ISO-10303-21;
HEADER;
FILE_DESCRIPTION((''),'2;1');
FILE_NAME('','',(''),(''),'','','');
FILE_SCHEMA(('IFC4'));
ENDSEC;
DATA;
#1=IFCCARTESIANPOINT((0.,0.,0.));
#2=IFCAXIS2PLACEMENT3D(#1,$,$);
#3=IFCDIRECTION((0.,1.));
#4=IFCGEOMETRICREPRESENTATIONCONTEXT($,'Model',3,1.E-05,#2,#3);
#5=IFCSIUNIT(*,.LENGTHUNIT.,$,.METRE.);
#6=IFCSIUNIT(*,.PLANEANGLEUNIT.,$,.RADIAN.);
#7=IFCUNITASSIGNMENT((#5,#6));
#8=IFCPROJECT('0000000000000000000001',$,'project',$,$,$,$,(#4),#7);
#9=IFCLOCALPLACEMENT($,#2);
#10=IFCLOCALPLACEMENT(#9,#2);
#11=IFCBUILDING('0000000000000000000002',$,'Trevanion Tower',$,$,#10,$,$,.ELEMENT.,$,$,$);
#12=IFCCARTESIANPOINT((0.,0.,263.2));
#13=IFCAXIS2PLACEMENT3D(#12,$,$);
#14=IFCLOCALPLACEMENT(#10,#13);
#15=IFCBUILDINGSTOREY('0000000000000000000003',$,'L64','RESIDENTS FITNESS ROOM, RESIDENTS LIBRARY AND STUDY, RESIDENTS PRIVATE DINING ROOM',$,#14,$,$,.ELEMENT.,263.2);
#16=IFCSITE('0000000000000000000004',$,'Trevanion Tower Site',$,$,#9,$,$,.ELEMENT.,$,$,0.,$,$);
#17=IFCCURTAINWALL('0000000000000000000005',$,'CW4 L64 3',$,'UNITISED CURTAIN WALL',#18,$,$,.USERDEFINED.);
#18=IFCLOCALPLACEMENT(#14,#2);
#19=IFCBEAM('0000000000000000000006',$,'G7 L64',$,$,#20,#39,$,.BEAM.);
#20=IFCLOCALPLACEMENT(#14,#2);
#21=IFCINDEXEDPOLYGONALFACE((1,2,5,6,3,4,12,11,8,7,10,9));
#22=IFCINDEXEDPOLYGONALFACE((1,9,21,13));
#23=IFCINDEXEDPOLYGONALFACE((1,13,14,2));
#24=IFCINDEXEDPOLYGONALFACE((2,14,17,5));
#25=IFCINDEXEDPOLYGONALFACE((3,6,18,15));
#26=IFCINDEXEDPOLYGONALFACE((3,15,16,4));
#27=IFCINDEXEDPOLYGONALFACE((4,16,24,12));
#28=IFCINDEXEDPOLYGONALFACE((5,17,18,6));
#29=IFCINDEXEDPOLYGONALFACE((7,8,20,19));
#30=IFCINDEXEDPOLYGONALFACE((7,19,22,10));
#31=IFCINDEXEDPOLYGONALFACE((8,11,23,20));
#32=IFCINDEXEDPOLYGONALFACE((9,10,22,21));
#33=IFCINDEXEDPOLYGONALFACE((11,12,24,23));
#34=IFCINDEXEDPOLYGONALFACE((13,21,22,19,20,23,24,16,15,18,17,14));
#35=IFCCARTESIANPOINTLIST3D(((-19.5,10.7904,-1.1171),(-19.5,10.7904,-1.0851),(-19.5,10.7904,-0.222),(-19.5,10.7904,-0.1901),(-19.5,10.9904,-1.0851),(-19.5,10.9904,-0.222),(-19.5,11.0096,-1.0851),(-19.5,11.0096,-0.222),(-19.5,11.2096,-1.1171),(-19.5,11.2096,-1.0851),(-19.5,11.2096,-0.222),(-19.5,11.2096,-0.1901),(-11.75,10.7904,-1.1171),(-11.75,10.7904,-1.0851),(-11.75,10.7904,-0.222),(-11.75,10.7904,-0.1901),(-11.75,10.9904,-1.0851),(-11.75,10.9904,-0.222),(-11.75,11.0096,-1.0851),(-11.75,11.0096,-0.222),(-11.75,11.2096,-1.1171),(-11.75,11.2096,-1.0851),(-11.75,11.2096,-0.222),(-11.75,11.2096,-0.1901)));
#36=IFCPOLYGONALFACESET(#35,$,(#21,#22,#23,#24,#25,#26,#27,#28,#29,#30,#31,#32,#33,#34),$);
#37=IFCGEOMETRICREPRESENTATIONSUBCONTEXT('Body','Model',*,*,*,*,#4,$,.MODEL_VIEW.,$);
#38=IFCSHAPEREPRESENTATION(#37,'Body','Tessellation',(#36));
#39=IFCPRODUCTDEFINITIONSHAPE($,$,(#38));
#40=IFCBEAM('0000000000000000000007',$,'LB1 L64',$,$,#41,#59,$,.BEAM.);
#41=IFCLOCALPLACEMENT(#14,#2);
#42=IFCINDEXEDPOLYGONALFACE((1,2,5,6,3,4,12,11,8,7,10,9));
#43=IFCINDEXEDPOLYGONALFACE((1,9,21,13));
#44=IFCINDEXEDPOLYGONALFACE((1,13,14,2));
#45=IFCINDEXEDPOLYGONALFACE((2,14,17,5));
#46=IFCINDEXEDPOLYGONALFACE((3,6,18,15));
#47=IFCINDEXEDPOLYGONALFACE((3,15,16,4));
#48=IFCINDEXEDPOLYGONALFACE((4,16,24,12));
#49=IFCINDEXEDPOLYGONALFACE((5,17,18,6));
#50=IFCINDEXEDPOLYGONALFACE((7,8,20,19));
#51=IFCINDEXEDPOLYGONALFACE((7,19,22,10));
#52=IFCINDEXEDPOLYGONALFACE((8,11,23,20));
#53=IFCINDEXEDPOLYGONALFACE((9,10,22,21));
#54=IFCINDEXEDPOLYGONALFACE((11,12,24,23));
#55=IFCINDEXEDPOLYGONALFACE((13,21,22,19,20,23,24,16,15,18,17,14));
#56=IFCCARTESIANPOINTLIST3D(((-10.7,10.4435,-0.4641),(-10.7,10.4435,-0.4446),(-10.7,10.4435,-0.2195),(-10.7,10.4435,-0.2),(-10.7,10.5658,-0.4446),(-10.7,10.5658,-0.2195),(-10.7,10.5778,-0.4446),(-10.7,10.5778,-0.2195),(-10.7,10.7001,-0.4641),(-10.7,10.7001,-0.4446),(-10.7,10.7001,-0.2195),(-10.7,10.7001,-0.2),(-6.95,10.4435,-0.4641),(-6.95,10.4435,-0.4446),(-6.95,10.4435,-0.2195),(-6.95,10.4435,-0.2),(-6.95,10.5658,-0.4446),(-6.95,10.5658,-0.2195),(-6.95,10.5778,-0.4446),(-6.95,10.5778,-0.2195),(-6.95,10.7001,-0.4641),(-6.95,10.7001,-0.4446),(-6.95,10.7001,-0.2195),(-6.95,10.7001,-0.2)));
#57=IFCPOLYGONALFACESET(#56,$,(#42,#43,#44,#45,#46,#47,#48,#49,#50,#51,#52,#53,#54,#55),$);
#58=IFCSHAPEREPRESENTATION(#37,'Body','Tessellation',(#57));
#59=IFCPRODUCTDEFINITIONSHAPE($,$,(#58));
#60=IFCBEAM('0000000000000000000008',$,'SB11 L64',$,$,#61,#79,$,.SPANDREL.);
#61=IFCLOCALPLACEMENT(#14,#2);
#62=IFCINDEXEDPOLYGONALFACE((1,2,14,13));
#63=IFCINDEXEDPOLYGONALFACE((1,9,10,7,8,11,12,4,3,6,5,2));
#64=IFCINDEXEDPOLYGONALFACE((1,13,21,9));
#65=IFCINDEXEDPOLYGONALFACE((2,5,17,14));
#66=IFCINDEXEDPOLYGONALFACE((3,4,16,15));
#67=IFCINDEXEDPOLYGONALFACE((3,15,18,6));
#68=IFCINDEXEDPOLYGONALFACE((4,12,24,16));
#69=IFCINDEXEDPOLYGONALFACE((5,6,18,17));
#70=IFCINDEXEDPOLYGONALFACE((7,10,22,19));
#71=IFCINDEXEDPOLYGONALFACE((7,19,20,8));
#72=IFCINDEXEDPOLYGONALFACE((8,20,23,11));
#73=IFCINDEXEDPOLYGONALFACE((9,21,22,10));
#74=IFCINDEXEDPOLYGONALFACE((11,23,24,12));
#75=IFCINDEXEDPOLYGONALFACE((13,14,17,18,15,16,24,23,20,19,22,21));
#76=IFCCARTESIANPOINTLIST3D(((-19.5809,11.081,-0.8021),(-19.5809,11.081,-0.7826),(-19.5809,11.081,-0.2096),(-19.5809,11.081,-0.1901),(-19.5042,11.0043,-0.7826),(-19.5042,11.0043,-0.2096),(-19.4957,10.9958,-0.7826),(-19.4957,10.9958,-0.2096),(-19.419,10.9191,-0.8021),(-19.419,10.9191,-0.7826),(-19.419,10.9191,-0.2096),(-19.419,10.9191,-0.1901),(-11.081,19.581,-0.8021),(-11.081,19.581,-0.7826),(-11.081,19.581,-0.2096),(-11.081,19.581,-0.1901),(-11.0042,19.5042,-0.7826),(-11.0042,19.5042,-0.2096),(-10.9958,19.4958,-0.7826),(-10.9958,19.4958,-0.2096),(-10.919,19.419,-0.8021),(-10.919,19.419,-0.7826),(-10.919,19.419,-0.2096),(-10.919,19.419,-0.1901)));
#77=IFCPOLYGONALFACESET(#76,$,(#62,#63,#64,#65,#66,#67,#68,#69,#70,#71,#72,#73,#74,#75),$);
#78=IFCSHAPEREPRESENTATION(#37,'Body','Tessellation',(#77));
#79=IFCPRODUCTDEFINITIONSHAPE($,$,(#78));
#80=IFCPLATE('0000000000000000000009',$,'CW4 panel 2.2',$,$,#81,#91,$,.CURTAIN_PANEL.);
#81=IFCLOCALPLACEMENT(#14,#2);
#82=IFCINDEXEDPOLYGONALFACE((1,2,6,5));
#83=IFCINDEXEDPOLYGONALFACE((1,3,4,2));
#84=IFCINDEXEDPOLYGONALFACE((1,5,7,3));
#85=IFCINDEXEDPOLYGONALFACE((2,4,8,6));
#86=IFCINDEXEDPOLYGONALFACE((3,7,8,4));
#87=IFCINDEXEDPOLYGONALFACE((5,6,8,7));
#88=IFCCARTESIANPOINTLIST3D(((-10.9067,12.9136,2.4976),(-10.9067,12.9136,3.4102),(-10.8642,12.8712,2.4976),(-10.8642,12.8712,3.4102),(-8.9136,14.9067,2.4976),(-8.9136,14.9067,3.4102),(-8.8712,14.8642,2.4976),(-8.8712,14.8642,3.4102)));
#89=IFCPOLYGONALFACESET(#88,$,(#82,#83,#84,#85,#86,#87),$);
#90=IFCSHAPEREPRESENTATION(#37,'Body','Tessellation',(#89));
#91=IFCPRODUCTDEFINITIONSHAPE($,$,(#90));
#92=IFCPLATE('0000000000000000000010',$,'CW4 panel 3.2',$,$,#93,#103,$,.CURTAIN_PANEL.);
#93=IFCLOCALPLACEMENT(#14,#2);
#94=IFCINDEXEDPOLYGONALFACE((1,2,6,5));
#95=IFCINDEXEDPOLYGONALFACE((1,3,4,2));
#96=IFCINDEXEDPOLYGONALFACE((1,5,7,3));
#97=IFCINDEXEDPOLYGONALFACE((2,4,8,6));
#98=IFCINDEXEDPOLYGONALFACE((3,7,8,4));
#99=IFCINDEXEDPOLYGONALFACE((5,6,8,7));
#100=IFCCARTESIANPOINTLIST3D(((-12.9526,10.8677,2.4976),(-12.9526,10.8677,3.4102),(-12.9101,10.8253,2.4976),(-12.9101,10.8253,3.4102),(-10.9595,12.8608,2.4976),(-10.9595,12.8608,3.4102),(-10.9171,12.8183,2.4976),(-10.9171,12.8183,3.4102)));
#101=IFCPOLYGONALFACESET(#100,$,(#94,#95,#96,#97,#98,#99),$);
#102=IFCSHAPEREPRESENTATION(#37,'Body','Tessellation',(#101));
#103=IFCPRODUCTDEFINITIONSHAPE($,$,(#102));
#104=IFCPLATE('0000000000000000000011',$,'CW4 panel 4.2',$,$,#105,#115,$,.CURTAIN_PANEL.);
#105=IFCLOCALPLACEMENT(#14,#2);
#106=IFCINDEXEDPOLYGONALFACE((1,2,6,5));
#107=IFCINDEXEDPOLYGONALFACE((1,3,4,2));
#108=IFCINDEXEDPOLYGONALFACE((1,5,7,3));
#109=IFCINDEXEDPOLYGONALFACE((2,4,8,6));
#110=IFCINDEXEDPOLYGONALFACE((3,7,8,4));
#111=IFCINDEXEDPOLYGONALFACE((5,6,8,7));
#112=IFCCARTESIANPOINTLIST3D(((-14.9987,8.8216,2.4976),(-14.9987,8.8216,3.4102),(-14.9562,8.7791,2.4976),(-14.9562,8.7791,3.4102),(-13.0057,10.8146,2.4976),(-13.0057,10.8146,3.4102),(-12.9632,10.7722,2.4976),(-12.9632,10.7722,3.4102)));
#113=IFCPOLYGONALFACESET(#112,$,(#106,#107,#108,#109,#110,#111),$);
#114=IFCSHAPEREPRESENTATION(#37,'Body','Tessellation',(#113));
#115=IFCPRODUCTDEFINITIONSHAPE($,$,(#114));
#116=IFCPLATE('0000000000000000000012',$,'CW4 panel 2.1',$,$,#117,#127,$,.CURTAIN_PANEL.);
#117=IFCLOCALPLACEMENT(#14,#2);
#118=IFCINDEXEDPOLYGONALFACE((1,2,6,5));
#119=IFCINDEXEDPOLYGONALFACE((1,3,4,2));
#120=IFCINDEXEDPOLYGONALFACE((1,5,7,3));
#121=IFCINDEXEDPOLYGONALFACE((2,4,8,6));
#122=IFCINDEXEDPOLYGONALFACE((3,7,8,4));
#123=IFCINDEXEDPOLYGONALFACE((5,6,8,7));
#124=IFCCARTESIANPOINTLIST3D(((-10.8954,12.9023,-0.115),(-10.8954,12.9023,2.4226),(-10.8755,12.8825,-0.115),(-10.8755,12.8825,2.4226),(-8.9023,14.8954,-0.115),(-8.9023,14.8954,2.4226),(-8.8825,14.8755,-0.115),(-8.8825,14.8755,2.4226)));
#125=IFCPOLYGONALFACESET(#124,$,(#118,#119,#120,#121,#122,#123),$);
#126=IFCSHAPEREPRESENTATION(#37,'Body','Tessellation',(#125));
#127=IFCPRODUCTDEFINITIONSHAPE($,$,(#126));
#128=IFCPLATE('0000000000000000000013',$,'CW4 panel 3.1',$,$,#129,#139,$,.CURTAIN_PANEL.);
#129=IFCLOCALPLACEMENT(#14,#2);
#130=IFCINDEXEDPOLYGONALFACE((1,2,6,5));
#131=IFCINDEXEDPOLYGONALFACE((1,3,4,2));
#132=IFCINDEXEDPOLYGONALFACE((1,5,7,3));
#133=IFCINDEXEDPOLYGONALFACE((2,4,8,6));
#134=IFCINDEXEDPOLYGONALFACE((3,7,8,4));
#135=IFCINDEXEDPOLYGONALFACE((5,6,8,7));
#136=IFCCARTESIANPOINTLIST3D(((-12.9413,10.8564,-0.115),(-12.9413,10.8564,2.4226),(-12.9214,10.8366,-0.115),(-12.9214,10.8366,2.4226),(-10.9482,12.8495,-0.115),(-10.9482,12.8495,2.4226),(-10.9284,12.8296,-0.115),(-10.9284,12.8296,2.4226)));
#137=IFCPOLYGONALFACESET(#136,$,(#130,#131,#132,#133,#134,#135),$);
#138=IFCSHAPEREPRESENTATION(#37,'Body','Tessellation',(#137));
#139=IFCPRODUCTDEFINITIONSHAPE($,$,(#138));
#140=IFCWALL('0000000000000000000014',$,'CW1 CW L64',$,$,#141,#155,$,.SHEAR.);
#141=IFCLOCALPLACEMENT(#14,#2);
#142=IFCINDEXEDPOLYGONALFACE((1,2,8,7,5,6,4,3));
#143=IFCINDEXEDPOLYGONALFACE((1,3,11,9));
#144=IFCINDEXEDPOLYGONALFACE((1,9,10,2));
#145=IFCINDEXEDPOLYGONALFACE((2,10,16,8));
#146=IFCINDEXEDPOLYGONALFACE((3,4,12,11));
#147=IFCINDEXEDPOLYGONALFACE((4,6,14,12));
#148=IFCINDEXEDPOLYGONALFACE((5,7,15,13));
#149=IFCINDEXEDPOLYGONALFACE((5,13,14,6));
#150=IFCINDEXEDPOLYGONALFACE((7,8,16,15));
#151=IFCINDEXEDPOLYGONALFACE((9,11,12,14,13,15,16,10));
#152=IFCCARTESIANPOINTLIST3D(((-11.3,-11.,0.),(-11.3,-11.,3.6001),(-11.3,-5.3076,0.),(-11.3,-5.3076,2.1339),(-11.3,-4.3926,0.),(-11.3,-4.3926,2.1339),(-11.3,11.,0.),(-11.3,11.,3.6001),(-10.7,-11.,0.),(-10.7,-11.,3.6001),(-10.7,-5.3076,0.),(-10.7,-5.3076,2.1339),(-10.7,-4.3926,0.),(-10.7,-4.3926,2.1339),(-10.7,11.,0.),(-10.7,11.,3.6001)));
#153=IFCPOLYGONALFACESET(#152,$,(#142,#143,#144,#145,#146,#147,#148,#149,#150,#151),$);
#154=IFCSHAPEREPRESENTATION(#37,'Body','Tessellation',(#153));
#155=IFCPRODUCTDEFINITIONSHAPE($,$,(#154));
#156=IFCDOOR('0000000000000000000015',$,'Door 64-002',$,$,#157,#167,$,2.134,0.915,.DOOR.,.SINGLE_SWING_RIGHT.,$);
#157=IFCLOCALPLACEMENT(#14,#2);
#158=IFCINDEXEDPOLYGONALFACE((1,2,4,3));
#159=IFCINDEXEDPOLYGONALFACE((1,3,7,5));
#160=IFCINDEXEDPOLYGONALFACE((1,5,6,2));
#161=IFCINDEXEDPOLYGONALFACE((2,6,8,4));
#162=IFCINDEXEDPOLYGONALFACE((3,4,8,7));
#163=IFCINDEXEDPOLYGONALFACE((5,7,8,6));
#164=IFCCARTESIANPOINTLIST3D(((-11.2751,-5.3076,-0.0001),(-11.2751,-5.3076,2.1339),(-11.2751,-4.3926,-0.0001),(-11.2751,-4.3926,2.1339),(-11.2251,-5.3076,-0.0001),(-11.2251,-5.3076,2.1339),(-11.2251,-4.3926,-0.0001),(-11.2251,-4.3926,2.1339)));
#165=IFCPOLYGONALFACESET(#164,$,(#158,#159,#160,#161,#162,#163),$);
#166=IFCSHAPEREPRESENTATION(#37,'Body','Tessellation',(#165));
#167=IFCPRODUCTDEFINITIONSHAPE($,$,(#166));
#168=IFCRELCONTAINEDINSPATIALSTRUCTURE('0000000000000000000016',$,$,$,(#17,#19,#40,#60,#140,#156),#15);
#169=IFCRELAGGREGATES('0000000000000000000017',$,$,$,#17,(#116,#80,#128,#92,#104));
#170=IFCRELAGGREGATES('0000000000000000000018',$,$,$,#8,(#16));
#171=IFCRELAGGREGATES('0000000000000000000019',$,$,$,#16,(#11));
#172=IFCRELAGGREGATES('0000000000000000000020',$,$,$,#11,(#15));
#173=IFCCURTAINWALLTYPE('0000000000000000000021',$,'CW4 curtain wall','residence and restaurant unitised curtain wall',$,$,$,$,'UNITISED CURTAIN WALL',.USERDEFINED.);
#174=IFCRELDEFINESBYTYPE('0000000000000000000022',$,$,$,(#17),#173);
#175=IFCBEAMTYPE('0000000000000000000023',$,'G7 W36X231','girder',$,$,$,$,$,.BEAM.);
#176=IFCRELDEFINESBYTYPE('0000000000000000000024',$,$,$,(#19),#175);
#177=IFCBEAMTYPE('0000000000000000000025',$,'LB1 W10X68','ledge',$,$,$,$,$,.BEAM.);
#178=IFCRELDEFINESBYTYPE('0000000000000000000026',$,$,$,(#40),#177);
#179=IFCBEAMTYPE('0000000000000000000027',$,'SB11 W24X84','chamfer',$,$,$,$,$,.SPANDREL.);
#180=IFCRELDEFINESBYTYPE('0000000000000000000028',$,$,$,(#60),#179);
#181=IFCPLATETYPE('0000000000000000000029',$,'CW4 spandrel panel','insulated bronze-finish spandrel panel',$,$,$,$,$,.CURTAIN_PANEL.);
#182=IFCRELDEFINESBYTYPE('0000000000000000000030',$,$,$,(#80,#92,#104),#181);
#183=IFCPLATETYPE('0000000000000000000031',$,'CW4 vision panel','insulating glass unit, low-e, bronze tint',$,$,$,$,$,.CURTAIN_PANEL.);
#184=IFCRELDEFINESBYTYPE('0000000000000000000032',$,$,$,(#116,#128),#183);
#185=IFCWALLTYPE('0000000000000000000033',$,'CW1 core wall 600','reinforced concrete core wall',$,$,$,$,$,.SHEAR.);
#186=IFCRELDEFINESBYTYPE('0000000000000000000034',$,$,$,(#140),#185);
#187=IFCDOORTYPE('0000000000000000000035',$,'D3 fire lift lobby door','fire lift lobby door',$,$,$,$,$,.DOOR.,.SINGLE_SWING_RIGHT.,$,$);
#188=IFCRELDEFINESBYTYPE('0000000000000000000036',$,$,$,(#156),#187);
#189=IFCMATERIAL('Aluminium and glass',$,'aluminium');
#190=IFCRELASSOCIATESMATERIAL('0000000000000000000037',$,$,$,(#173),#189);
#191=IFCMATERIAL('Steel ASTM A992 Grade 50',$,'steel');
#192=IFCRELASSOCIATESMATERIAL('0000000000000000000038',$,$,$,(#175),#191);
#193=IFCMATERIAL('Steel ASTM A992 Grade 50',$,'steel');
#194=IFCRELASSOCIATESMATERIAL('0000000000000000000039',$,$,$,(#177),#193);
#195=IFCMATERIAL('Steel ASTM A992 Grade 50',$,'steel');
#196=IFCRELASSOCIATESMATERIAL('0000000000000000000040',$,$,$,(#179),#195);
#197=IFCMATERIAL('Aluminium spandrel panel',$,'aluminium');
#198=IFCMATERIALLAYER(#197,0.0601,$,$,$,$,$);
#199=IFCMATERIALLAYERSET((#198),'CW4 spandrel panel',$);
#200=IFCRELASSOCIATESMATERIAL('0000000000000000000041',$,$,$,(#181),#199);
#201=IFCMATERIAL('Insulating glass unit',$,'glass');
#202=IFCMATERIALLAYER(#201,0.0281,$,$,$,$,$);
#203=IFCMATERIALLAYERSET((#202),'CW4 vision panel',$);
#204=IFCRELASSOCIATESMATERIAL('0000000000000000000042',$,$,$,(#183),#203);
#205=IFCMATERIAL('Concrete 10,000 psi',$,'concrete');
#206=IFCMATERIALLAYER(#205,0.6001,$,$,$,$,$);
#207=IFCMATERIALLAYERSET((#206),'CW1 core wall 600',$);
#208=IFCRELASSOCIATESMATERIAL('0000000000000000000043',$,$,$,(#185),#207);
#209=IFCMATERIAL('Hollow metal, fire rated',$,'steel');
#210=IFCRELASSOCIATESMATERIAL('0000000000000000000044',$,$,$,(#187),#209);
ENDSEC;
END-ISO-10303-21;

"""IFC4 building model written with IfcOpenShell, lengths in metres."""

from ifc_helpers import new_model, si_unit, direction, frame, frame_2d, origin, origin_2d, place, context, subcontext, project, spatial, rectangle, i_section, extrude, material, layer, layer_set, material_profile, profile_set, type_object, element, fill, aggregate, save


model = new_model("IFC4")

# Units and contexts
model_context = context("Model", 3, precision=1e-05, world=origin(), true_north=direction((0.0, 1.0)))
body_context = subcontext(model_context, "Body", "Model", "MODEL_VIEW")
ifc_project = project(units=[si_unit("LENGTHUNIT", "METRE"), si_unit("PLANEANGLEUNIT", "RADIAN")], contexts=[model_context])

# Site, building, storey
site_placement = place(None, origin())
site = spatial("IfcSite", under=ifc_project, at=site_placement, Name="Trevanion Tower Site", CompositionType="ELEMENT", RefElevation=0.0)
building_placement = place(site_placement, origin())
building = spatial("IfcBuilding", under=site, at=building_placement, Name="Trevanion Tower", CompositionType="ELEMENT")
storey_placement = place(building_placement, frame((0.0, 0.0, 263.2)))
storey = spatial("IfcBuildingStorey", under=building, at=storey_placement, Name="L64", Description="RESIDENTS FITNESS ROOM, RESIDENTS LIBRARY AND STUDY, RESIDENTS PRIVATE DINING ROOM", CompositionType="ELEMENT", Elevation=263.2)

# Curtain wall
ifc_material_1 = material(Name="Aluminium and glass", Category="aluminium")
curtain_wall_type = type_object("IfcCurtainWallType", Name="CW4 curtain wall", Description="residence and restaurant unitised curtain wall", ElementType="UNITISED CURTAIN WALL", PredefinedType="USERDEFINED", material=ifc_material_1)
curtain_wall_placement = place(storey_placement, origin())
curtain_wall = element("IfcCurtainWall", 1, at=curtain_wall_placement, inside=storey, type_object=curtain_wall_type, Name="CW4 L64 3", ObjectType="UNITISED CURTAIN WALL", PredefinedType="USERDEFINED")

# Beams
ifc_material_2 = material(Name="Steel ASTM A992 Grade 50", Category="steel")
ifc_material_profile_1 = material_profile(ifc_material_2, i_section(OverallWidth=0.4192, OverallDepth=0.927, WebThickness=0.0193, FlangeThickness=0.032, at=origin_2d()), Name="W36X231")
ifc_profile_set_1 = profile_set([ifc_material_profile_1], Name="Steel ASTM A992 Grade 50")
beam_type_1 = type_object("IfcBeamType", Name="G7 W36X231", Description="girder", PredefinedType="BEAM", material=ifc_profile_set_1)
for number, where, z_axis, x_axis, name in (
    (2, (-11.75, 11.0, -0.6536), (-1.0, 0.0, 0.0), (0.0, -1.0, 0.0), "G7 L64"),
):
    element("IfcBeam", number, at=place(storey_placement, frame(where, z_axis=z_axis, x_axis=x_axis)), inside=storey, type_object=beam_type_1, Name=name, PredefinedType="BEAM", context=body_context, shape_type="SweptSolid", body=[
        extrude(i_section(OverallWidth=0.4192, OverallDepth=0.927, WebThickness=0.0193, FlangeThickness=0.032, at=origin_2d()), origin(), (0.0, 0.0, 1.0), 7.75),
    ])
ifc_material_3 = material(Name="Steel ASTM A992 Grade 50", Category="steel")
ifc_material_profile_2 = material_profile(ifc_material_3, i_section(OverallWidth=0.2566, OverallDepth=0.2642, WebThickness=0.012, FlangeThickness=0.0195, at=origin_2d()), Name="W10X68")
ifc_profile_set_2 = profile_set([ifc_material_profile_2], Name="Steel ASTM A992 Grade 50")
beam_type_2 = type_object("IfcBeamType", Name="LB1 W10X68", Description="ledge", PredefinedType="BEAM", material=ifc_profile_set_2)
beam_1_placement = place(storey_placement, frame((-10.7, 10.5718, -0.332), z_axis=(1.0, 0.0, 0.0), x_axis=(0.0, 1.0, 0.0)))
element("IfcBeam", 3, at=beam_1_placement, inside=storey, type_object=beam_type_2, Name="LB1 L64", PredefinedType="BEAM", context=body_context, shape_type="SweptSolid", body=[
    extrude(i_section(OverallWidth=0.2566, OverallDepth=0.2642, WebThickness=0.012, FlangeThickness=0.0195, at=origin_2d()), origin(), (0.0, 0.0, 1.0), 3.75),
])
ifc_material_4 = material(Name="Steel ASTM A992 Grade 50", Category="steel")
ifc_material_profile_3 = material_profile(ifc_material_4, i_section(OverallWidth=0.229, OverallDepth=0.6121, WebThickness=0.012, FlangeThickness=0.0195, at=origin_2d()), Name="W24X84")
ifc_profile_set_3 = profile_set([ifc_material_profile_3], Name="Steel ASTM A992 Grade 50")
beam_type_3 = type_object("IfcBeamType", Name="SB11 W24X84", Description="chamfer", PredefinedType="SPANDREL", material=ifc_profile_set_3)
beam_2_placement = place(storey_placement, frame((-11.0, 19.5, -0.4961), z_axis=(-0.707107, -0.707107, 0.0), x_axis=(0.707107, -0.707107, 0.0)))
element("IfcBeam", 4, at=beam_2_placement, inside=storey, type_object=beam_type_3, Name="SB11 L64", PredefinedType="SPANDREL", context=body_context, shape_type="SweptSolid", body=[
    extrude(i_section(OverallWidth=0.229, OverallDepth=0.6121, WebThickness=0.012, FlangeThickness=0.0195, at=origin_2d()), origin(), (0.0, 0.0, 1.0), 12.0208),
])

# Plates
ifc_material_5 = material(Name="Aluminium spandrel panel", Category="aluminium")
ifc_layer_1 = layer(ifc_material_5, 0.0601)
ifc_layer_set_1 = layer_set([ifc_layer_1], Name="CW4 spandrel panel")
plate_type_1 = type_object("IfcPlateType", Name="CW4 spandrel panel", Description="insulated bronze-finish spandrel panel", PredefinedType="CURTAIN_PANEL", material=ifc_layer_set_1)
plate_1_placement = place(storey_placement, frame((-9.8889, 13.8889, 2.4976), z_axis=(0.0, 0.0, 1.0), x_axis=(-0.707107, -0.707107, 0.0)))
plate_1 = element("IfcPlate", 5, at=plate_1_placement, type_object=plate_type_1, Name="CW4 panel 2.2", PredefinedType="CURTAIN_PANEL", context=body_context, shape_type="SweptSolid", body=[
    extrude(rectangle(XDim=2.8186, YDim=0.0601, at=origin_2d()), origin(), (0.0, 0.0, 1.0), 0.9126),
])
plate_2_placement = place(storey_placement, frame((-11.9348, 11.843, 2.4976), z_axis=(0.0, 0.0, 1.0), x_axis=(-0.707107, -0.707107, 0.0)))
plate_2 = element("IfcPlate", 6, at=plate_2_placement, type_object=plate_type_1, Name="CW4 panel 3.2", PredefinedType="CURTAIN_PANEL", context=body_context, shape_type="SweptSolid", body=[
    extrude(rectangle(XDim=2.8186, YDim=0.0601, at=origin_2d()), origin(), (0.0, 0.0, 1.0), 0.9126),
])
plate_3_placement = place(storey_placement, frame((-13.981, 9.7969, 2.4976), z_axis=(0.0, 0.0, 1.0), x_axis=(-0.707107, -0.707107, 0.0)))
plate_3 = element("IfcPlate", 7, at=plate_3_placement, type_object=plate_type_1, Name="CW4 panel 4.2", PredefinedType="CURTAIN_PANEL", context=body_context, shape_type="SweptSolid", body=[
    extrude(rectangle(XDim=2.8186, YDim=0.0601, at=origin_2d()), origin(), (0.0, 0.0, 1.0), 0.9126),
])
ifc_material_6 = material(Name="Insulating glass unit", Category="glass")
ifc_layer_2 = layer(ifc_material_6, 0.0281)
ifc_layer_set_2 = layer_set([ifc_layer_2], Name="CW4 vision panel")
plate_type_2 = type_object("IfcPlateType", Name="CW4 vision panel", Description="insulating glass unit, low-e, bronze tint", PredefinedType="CURTAIN_PANEL", material=ifc_layer_set_2)
plate_4_placement = place(storey_placement, frame((-9.8889, 13.8889, -0.115), z_axis=(0.0, 0.0, 1.0), x_axis=(-0.707107, -0.707107, 0.0)))
plate_4 = element("IfcPlate", 8, at=plate_4_placement, type_object=plate_type_2, Name="CW4 panel 2.1", PredefinedType="CURTAIN_PANEL", context=body_context, shape_type="SweptSolid", body=[
    extrude(rectangle(XDim=2.8186, YDim=0.0281, at=origin_2d()), origin(), (0.0, 0.0, 1.0), 2.5376),
])
plate_5_placement = place(storey_placement, frame((-11.9348, 11.843, -0.115), z_axis=(0.0, 0.0, 1.0), x_axis=(-0.707107, -0.707107, 0.0)))
plate_5 = element("IfcPlate", 9, at=plate_5_placement, type_object=plate_type_2, Name="CW4 panel 3.1", PredefinedType="CURTAIN_PANEL", context=body_context, shape_type="SweptSolid", body=[
    extrude(rectangle(XDim=2.8186, YDim=0.0281, at=origin_2d()), origin(), (0.0, 0.0, 1.0), 2.5376),
])
aggregate(curtain_wall, [plate_4, plate_1, plate_5, plate_2, plate_3])

# Wall, opening, door
ifc_material_7 = material(Name="Concrete 10,000 psi", Category="concrete")
ifc_layer_3 = layer(ifc_material_7, 0.6001)
ifc_layer_set_3 = layer_set([ifc_layer_3], Name="CW1 core wall 600")
wall_type_1 = type_object("IfcWallType", Name="CW1 core wall 600", Description="reinforced concrete core wall", PredefinedType="SHEAR", material=ifc_layer_set_3)
wall_1_placement = place(storey_placement, frame((-11.0, 11.0, 0.0), z_axis=(0.0, 0.0, 1.0), x_axis=(0.0, -1.0, 0.0)))
wall_1 = element("IfcWall", 10, at=wall_1_placement, inside=storey, type_object=wall_type_1, Name="CW1 CW L64", PredefinedType="SHEAR", context=body_context, shape_type="SweptSolid", body=[
    extrude(rectangle(XDim=22.0, YDim=0.6001, at=frame_2d((11.0, 0.0))), origin(), (0.0, 0.0, 1.0), 3.6001),
])
opening_placement = place(wall_1_placement, frame((15.3926, 0.0, 0.0)))
opening = element("IfcOpeningElement", 11, at=opening_placement, cuts=wall_1, PredefinedType="OPENING", context=body_context, shape_type="SweptSolid", body=[
    extrude(rectangle(XDim=0.915, YDim=2.134, at=frame_2d((0.4575, 1.0669))), frame((0.0, 0.3101, 0.0), z_axis=(0.0, -1.0, 0.0), x_axis=(1.0, 0.0, 0.0)), (0.0, 0.0, 1.0), 0.6201),
])
ifc_material_8 = material(Name="Hollow metal, fire rated", Category="steel")
door_type = type_object("IfcDoorType", Name="D3 fire lift lobby door", Description="fire lift lobby door", OperationType="SINGLE_SWING_RIGHT", PredefinedType="DOOR", material=ifc_material_8)
door_placement = place(opening_placement, origin())
door = element("IfcDoor", 12, at=door_placement, inside=storey, type_object=door_type, Name="Door 64-002", OperationType="SINGLE_SWING_RIGHT", OverallHeight=2.134, OverallWidth=0.915, PredefinedType="DOOR", context=body_context, shape_type="SweptSolid", body=[
    extrude(rectangle(XDim=0.915, YDim=2.134, at=frame_2d((0.4575, 1.0669))), frame((0.0, -0.2251, 0.0), z_axis=(0.0, -1.0, 0.0), x_axis=(1.0, 0.0, 0.0)), (0.0, 0.0, 1.0), 0.05),
])
fill(opening, door)

save(model, "model.ifc")
